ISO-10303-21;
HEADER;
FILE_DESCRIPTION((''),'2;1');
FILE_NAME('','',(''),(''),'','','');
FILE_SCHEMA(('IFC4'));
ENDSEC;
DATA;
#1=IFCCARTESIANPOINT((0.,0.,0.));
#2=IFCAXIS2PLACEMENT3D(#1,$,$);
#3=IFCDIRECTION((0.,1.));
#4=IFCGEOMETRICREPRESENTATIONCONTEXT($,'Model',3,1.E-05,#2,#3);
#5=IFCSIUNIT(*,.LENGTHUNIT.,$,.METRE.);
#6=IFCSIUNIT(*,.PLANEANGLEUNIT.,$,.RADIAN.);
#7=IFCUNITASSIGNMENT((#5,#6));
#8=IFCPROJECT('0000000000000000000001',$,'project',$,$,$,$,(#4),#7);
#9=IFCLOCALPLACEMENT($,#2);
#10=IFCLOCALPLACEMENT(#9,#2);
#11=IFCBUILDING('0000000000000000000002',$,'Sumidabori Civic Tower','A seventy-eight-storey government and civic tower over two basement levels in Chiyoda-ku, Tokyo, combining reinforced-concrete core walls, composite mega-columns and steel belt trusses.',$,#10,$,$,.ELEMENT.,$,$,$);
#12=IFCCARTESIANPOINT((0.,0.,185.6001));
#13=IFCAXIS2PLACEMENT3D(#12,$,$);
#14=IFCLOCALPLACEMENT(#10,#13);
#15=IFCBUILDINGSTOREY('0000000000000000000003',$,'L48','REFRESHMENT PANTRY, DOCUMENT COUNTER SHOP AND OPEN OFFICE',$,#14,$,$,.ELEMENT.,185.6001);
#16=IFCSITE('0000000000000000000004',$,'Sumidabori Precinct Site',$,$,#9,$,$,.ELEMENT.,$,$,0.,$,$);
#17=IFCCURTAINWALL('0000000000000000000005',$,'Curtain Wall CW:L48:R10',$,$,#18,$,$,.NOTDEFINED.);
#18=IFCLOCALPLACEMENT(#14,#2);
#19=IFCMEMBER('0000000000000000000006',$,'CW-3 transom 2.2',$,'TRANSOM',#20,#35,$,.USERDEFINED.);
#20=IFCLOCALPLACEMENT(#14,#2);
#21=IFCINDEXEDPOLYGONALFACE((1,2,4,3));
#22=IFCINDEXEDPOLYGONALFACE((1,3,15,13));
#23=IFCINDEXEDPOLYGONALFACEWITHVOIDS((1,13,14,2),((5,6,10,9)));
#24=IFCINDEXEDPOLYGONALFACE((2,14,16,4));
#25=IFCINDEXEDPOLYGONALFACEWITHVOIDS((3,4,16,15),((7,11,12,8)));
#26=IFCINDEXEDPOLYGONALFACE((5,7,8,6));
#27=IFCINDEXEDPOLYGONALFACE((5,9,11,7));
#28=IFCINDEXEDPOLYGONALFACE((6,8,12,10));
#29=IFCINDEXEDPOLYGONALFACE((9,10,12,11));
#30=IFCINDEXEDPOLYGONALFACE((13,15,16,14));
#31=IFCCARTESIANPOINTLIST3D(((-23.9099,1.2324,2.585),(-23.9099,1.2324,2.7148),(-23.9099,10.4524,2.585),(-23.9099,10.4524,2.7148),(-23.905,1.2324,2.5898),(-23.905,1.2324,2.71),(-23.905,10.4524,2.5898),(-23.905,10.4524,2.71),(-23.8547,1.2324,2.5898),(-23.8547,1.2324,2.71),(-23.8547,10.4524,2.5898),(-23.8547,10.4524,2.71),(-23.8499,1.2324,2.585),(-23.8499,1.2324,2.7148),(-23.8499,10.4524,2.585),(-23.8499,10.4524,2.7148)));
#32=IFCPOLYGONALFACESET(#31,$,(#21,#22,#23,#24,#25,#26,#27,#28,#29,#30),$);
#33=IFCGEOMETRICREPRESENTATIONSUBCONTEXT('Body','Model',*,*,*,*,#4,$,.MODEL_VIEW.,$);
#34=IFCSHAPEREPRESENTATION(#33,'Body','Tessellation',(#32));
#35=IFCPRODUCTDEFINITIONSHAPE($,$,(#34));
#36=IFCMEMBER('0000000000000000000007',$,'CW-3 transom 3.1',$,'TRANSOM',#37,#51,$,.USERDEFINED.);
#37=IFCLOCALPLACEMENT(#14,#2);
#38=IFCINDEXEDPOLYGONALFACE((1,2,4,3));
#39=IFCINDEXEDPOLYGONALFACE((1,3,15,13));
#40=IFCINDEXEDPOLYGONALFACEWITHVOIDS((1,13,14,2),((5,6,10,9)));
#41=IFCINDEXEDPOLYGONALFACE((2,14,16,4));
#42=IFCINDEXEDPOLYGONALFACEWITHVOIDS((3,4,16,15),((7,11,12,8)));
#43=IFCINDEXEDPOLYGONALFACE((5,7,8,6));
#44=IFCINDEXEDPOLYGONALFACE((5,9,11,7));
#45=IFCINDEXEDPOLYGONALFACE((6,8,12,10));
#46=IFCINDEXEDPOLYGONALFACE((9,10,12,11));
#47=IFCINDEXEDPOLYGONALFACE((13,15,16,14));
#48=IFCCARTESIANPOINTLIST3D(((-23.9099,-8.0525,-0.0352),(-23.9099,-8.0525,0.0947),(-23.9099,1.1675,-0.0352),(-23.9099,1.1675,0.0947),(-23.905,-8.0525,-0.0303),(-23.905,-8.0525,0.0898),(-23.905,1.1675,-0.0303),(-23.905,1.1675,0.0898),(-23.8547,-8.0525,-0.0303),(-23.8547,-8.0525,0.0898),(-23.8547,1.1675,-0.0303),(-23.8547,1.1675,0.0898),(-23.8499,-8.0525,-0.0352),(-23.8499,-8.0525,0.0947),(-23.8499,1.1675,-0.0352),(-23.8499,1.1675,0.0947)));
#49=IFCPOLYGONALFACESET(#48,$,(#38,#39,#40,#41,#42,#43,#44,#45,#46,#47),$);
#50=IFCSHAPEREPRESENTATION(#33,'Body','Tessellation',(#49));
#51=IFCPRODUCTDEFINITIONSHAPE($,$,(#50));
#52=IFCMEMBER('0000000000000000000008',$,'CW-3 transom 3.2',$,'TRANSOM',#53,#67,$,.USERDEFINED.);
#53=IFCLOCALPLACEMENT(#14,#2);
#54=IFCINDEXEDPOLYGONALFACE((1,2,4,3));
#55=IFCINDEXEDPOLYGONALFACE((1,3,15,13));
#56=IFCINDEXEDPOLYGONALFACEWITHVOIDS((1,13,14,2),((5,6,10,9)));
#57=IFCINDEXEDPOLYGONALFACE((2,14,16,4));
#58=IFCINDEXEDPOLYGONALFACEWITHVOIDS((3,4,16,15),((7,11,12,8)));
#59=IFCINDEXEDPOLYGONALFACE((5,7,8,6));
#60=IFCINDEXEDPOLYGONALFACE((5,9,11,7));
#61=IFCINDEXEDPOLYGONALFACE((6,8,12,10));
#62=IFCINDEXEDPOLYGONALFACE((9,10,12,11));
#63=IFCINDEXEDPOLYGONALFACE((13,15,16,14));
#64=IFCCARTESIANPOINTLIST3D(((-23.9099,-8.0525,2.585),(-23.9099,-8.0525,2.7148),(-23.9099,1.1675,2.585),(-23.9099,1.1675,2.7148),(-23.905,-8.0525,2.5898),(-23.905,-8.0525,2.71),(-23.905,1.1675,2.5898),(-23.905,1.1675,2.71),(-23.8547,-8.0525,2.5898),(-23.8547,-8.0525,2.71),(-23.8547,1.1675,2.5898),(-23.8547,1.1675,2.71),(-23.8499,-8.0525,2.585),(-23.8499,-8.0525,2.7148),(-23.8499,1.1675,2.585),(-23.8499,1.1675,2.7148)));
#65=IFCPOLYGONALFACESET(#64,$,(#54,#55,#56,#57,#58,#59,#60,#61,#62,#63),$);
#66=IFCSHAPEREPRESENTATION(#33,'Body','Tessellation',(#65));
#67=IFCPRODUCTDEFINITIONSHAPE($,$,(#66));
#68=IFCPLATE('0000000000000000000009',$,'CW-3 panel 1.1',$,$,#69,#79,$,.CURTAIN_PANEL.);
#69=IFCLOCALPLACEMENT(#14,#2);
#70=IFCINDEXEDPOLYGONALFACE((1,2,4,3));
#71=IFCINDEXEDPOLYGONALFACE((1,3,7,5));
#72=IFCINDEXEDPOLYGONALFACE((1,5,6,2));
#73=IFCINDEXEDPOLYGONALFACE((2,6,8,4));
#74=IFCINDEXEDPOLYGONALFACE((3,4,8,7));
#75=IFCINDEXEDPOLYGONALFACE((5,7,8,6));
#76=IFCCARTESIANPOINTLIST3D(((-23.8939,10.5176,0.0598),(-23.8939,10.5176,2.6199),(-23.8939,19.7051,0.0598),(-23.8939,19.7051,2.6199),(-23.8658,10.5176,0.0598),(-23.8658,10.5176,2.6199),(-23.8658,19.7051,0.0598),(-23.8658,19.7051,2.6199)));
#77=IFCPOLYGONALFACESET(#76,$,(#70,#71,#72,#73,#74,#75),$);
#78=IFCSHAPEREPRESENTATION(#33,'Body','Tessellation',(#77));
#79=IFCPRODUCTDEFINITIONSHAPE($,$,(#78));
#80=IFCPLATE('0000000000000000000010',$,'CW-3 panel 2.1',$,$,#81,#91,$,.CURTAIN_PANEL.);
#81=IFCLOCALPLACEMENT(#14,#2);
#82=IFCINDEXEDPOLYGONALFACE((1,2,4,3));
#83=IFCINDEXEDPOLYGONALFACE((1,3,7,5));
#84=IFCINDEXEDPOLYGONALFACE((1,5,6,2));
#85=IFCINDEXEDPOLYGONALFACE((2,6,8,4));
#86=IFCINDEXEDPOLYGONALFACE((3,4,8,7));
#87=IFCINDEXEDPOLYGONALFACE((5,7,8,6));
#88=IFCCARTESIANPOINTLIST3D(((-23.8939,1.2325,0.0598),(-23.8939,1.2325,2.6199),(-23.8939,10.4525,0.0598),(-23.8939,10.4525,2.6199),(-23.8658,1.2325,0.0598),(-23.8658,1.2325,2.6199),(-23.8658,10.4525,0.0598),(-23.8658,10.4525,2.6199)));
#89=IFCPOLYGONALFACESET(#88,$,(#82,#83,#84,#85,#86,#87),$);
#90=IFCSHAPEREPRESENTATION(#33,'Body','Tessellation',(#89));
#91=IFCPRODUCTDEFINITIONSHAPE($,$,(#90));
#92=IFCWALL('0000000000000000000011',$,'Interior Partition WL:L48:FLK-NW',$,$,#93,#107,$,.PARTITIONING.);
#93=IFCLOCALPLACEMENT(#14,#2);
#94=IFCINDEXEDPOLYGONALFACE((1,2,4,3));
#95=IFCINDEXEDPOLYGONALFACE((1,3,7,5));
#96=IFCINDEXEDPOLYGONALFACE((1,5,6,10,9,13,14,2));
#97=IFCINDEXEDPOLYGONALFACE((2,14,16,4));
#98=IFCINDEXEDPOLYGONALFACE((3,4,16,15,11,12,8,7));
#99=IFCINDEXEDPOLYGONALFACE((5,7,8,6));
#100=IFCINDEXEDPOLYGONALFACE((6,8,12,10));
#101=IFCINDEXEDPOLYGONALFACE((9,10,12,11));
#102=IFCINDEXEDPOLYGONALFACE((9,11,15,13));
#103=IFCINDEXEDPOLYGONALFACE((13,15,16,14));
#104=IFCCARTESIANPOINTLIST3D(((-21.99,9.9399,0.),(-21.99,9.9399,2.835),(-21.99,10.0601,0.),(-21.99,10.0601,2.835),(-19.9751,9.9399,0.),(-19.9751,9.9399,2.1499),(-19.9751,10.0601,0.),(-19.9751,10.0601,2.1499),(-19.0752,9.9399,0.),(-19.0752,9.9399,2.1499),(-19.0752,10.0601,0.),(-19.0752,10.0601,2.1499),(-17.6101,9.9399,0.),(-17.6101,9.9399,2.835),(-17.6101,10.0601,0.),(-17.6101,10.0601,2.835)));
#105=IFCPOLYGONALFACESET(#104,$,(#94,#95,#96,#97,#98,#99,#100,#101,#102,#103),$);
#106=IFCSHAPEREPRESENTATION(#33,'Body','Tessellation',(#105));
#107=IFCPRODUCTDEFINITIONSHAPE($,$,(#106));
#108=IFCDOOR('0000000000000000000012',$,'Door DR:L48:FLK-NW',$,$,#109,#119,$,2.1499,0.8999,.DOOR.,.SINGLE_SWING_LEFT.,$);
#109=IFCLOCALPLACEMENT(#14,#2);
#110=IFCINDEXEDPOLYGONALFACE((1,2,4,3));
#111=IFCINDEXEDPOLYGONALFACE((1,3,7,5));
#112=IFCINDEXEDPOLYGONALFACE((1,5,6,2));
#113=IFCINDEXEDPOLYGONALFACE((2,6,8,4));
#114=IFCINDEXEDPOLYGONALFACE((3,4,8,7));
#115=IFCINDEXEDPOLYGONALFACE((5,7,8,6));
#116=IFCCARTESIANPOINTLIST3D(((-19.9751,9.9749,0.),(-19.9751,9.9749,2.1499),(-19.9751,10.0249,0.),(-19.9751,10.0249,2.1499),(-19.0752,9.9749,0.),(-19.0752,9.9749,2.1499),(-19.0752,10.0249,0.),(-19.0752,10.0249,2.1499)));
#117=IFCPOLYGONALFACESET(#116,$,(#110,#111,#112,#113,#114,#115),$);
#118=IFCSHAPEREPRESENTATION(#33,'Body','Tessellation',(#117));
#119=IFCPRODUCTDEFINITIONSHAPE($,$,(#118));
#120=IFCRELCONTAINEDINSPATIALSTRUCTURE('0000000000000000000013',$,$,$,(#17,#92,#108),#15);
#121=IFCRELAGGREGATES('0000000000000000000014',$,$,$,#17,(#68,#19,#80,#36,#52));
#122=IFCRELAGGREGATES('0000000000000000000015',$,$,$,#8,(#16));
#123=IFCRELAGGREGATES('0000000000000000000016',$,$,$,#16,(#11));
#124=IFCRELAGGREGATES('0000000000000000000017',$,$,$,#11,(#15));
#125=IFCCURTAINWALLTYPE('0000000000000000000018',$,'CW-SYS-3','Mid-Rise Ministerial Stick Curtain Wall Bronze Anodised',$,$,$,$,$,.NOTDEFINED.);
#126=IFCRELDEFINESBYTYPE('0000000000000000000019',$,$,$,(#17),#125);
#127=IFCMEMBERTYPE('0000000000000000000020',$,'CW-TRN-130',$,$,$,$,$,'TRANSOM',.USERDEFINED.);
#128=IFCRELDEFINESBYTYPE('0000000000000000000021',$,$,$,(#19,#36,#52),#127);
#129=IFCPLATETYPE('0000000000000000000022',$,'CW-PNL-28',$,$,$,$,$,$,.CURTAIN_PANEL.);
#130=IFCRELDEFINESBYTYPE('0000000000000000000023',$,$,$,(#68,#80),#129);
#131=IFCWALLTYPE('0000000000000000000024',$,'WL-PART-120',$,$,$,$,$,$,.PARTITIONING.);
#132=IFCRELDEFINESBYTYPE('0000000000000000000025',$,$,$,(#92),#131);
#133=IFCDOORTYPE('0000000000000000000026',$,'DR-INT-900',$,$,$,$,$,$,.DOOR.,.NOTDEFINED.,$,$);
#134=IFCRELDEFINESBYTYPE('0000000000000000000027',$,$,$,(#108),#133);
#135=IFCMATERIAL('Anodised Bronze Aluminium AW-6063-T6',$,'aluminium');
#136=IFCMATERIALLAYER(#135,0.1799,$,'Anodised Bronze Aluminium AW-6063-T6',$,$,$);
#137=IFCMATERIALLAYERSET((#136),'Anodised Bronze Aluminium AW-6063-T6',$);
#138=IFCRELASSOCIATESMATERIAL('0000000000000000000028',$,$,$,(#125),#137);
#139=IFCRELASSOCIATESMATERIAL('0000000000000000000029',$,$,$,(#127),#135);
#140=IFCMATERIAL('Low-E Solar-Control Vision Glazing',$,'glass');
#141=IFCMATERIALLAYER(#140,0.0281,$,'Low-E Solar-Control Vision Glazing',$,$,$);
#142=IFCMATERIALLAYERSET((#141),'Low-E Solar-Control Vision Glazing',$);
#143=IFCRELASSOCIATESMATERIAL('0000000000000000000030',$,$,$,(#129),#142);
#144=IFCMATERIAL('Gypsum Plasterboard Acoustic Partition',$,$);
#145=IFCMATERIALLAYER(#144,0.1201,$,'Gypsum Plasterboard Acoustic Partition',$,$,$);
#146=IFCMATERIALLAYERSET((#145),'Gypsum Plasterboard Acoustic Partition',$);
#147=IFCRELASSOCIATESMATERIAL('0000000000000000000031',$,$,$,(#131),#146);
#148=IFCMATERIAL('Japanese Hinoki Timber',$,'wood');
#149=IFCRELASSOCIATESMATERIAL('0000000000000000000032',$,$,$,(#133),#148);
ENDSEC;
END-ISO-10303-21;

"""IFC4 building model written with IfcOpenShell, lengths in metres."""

from ifc_helpers import new_model, si_unit, direction, frame, frame_2d, origin, origin_2d, place, context, subcontext, project, spatial, rectangle, hollow_rectangle, extrude, source, transform, mapped, material, layer, layer_set, material_profile, profile_set, type_object, element, fill, aggregate, save


model = new_model("IFC4")

# Units and contexts
model_context = context("Model", 3, precision=1e-05, world=origin(), true_north=direction((0.0, 1.0)))
body_context = subcontext(model_context, "Body", "Model", "MODEL_VIEW")
ifc_project = project(units=[si_unit("LENGTHUNIT", "METRE"), si_unit("PLANEANGLEUNIT", "RADIAN")], contexts=[model_context])

# Site, building, storey
site_placement = place(None, origin())
site = spatial("IfcSite", under=ifc_project, at=site_placement, Name="Sumidabori Precinct Site", CompositionType="ELEMENT", RefElevation=0.0)
building_placement = place(site_placement, origin())
building = spatial("IfcBuilding", under=site, at=building_placement, Name="Sumidabori Civic Tower", Description="A seventy-eight-storey government and civic tower over two basement levels in Chiyoda-ku, Tokyo, combining reinforced-concrete core walls, composite mega-columns and steel belt trusses.", CompositionType="ELEMENT")
storey_placement = place(building_placement, frame((0.0, 0.0, 185.6001)))
storey = spatial("IfcBuildingStorey", under=building, at=storey_placement, Name="L48", Description="REFRESHMENT PANTRY, DOCUMENT COUNTER SHOP AND OPEN OFFICE", CompositionType="ELEMENT", Elevation=185.6001)

# Curtain wall, members, plates
ifc_material_1 = material(Name="Anodised Bronze Aluminium AW-6063-T6", Category="aluminium")
ifc_layer_1 = layer(ifc_material_1, 0.1799, Name="Anodised Bronze Aluminium AW-6063-T6")
ifc_layer_set_1 = layer_set([ifc_layer_1], Name="Anodised Bronze Aluminium AW-6063-T6")
curtain_wall_type = type_object("IfcCurtainWallType", Name="CW-SYS-3", Description="Mid-Rise Ministerial Stick Curtain Wall Bronze Anodised", PredefinedType="NOTDEFINED", material=ifc_layer_set_1)
curtain_wall_placement = place(storey_placement, origin())
curtain_wall = element("IfcCurtainWall", 1, at=curtain_wall_placement, inside=storey, type_object=curtain_wall_type, Name="Curtain Wall CW:L48:R10", PredefinedType="NOTDEFINED")
ifc_material_profile_1 = material_profile(ifc_material_1, hollow_rectangle(XDim=0.0601, YDim=0.1299, WallThickness=0.0049, at=origin_2d()), Name="ALU TRANSOM 130x60")
ifc_profile_set_1 = profile_set([ifc_material_profile_1], Name="Anodised Bronze Aluminium AW-6063-T6")
member_type_1 = type_object("IfcMemberType", Name="CW-TRN-130", ElementType="TRANSOM", PredefinedType="USERDEFINED", material=ifc_profile_set_1)
shared_shape_1 = source(origin(), body_context, "Body", "SweptSolid", [
    extrude(hollow_rectangle(XDim=0.0601, YDim=0.1299, WallThickness=0.0049, at=origin_2d()), origin(), (0.0, 0.0, 1.0), 9.22),
])
member_1_placement = place(storey_placement, frame((-23.8799, 10.4524, 2.6499), z_axis=(0.0, -1.0, 0.0), x_axis=(1.0, 0.0, 0.0)))
member_1 = element("IfcMember", 2, at=member_1_placement, type_object=member_type_1, Name="CW-3 transom 2.2", ObjectType="TRANSOM", PredefinedType="USERDEFINED", context=body_context, shape_type="MappedRepresentation", body=[
    mapped(shared_shape_1, transform((0.0, 0.0, 0.0), x_axis=(1.0, 0.0, 0.0), y_axis=(0.0, 1.0, 0.0), z_axis=(0.0, 0.0, 1.0), scale=1.0)),
])
member_2_placement = place(storey_placement, frame((-23.8799, 1.1675, 0.0298), z_axis=(0.0, -1.0, 0.0), x_axis=(1.0, 0.0, 0.0)))
member_2 = element("IfcMember", 3, at=member_2_placement, type_object=member_type_1, Name="CW-3 transom 3.1", ObjectType="TRANSOM", PredefinedType="USERDEFINED", context=body_context, shape_type="MappedRepresentation", body=[
    mapped(shared_shape_1, transform((0.0, 0.0, 0.0), x_axis=(1.0, 0.0, 0.0), y_axis=(0.0, 1.0, 0.0), z_axis=(0.0, 0.0, 1.0), scale=1.0)),
])
member_3_placement = place(storey_placement, frame((-23.8799, 1.1675, 2.6499), z_axis=(0.0, -1.0, 0.0), x_axis=(1.0, 0.0, 0.0)))
member_3 = element("IfcMember", 4, at=member_3_placement, type_object=member_type_1, Name="CW-3 transom 3.2", ObjectType="TRANSOM", PredefinedType="USERDEFINED", context=body_context, shape_type="MappedRepresentation", body=[
    mapped(shared_shape_1, transform((0.0, 0.0, 0.0), x_axis=(1.0, 0.0, 0.0), y_axis=(0.0, 1.0, 0.0), z_axis=(0.0, 0.0, 1.0), scale=1.0)),
])
ifc_material_2 = material(Name="Low-E Solar-Control Vision Glazing", Category="glass")
ifc_layer_2 = layer(ifc_material_2, 0.0281, Name="Low-E Solar-Control Vision Glazing")
ifc_layer_set_2 = layer_set([ifc_layer_2], Name="Low-E Solar-Control Vision Glazing")
plate_type = type_object("IfcPlateType", Name="CW-PNL-28", PredefinedType="CURTAIN_PANEL", material=ifc_layer_set_2)
shared_shape_2 = source(origin(), body_context, "Body", "SweptSolid", [
    extrude(rectangle(XDim=9.1875, YDim=0.0281, at=origin_2d()), origin(), (0.0, 0.0, 1.0), 2.5601),
])
plate_1_placement = place(storey_placement, frame((-23.8799, 15.1113, 0.0598), z_axis=(0.0, 0.0, 1.0), x_axis=(0.0, -1.0, 0.0)))
plate_1 = element("IfcPlate", 5, at=plate_1_placement, type_object=plate_type, Name="CW-3 panel 1.1", PredefinedType="CURTAIN_PANEL", context=body_context, shape_type="MappedRepresentation", body=[
    mapped(shared_shape_2, transform((0.0, 0.0, 0.0), x_axis=(1.0, 0.0, 0.0), y_axis=(0.0, 1.0, 0.0), z_axis=(0.0, 0.0, 1.0), scale=1.0)),
])
shared_shape_3 = source(origin(), body_context, "Body", "SweptSolid", [
    extrude(rectangle(XDim=9.22, YDim=0.0281, at=origin_2d()), origin(), (0.0, 0.0, 1.0), 2.5601),
])
plate_2_placement = place(storey_placement, frame((-23.8799, 5.8425, 0.0598), z_axis=(0.0, 0.0, 1.0), x_axis=(0.0, -1.0, 0.0)))
plate_2 = element("IfcPlate", 6, at=plate_2_placement, type_object=plate_type, Name="CW-3 panel 2.1", PredefinedType="CURTAIN_PANEL", context=body_context, shape_type="MappedRepresentation", body=[
    mapped(shared_shape_3, transform((0.0, 0.0, 0.0), x_axis=(1.0, 0.0, 0.0), y_axis=(0.0, 1.0, 0.0), z_axis=(0.0, 0.0, 1.0), scale=1.0)),
])
aggregate(curtain_wall, [plate_1, member_1, plate_2, member_2, member_3])

# Wall, opening, door
ifc_material_3 = material(Name="Gypsum Plasterboard Acoustic Partition")
ifc_layer_3 = layer(ifc_material_3, 0.1201, Name="Gypsum Plasterboard Acoustic Partition")
ifc_layer_set_3 = layer_set([ifc_layer_3], Name="Gypsum Plasterboard Acoustic Partition")
wall_type = type_object("IfcWallType", Name="WL-PART-120", PredefinedType="PARTITIONING", material=ifc_layer_set_3)
shared_shape_4 = source(origin(), body_context, "Body", "SweptSolid", [
    extrude(rectangle(XDim=4.3799, YDim=0.1201, at=frame_2d((2.1899, 0.0))), origin(), (0.0, 0.0, 1.0), 2.835),
])
wall_1_placement = place(storey_placement, frame((-21.99, 10.0, 0.0), z_axis=(0.0, 0.0, 1.0), x_axis=(1.0, 0.0, 0.0)))
wall_1 = element("IfcWall", 7, at=wall_1_placement, inside=storey, type_object=wall_type, Name="Interior Partition WL:L48:FLK-NW", PredefinedType="PARTITIONING", context=body_context, shape_type="MappedRepresentation", body=[
    mapped(shared_shape_4, transform((0.0, 0.0, 0.0), x_axis=(1.0, 0.0, 0.0), y_axis=(0.0, 1.0, 0.0), z_axis=(0.0, 0.0, 1.0), scale=1.0)),
])
opening_1_placement = place(wall_1_placement, frame((2.0149, 0.0, 0.0)))
opening_1 = element("IfcOpeningElement", 8, at=opening_1_placement, cuts=wall_1, PredefinedType="OPENING", context=body_context, shape_type="SweptSolid", body=[
    extrude(rectangle(XDim=0.8999, YDim=2.1499, at=frame_2d((0.45, 1.075))), frame((0.0, 0.072, 0.0), z_axis=(0.0, -1.0, 0.0), x_axis=(1.0, 0.0, 0.0)), (0.0, 0.0, 1.0), 0.144),
])
ifc_material_4 = material(Name="Japanese Hinoki Timber", Category="wood")
door_type_1 = type_object("IfcDoorType", Name="DR-INT-900", OperationType="NOTDEFINED", PredefinedType="DOOR", material=ifc_material_4)
shared_shape_5 = source(origin(), body_context, "Body", "SweptSolid", [
    extrude(rectangle(XDim=0.8999, YDim=2.1499, at=frame_2d((0.45, 1.075))), frame((0.0, 0.0249, 0.0), z_axis=(0.0, -1.0, 0.0), x_axis=(1.0, 0.0, 0.0)), (0.0, 0.0, 1.0), 0.05),
])
door_1_placement = place(opening_1_placement, origin())
door_1 = element("IfcDoor", 9, at=door_1_placement, inside=storey, type_object=door_type_1, Name="Door DR:L48:FLK-NW", OperationType="SINGLE_SWING_LEFT", OverallHeight=2.1499, OverallWidth=0.8999, PredefinedType="DOOR", context=body_context, shape_type="MappedRepresentation", body=[
    mapped(shared_shape_5, transform((0.0, 0.0, 0.0), x_axis=(1.0, 0.0, 0.0), y_axis=(0.0, 1.0, 0.0), z_axis=(0.0, 0.0, 1.0), scale=1.0)),
])
fill(opening_1, door_1)

save(model, "model.ifc")
